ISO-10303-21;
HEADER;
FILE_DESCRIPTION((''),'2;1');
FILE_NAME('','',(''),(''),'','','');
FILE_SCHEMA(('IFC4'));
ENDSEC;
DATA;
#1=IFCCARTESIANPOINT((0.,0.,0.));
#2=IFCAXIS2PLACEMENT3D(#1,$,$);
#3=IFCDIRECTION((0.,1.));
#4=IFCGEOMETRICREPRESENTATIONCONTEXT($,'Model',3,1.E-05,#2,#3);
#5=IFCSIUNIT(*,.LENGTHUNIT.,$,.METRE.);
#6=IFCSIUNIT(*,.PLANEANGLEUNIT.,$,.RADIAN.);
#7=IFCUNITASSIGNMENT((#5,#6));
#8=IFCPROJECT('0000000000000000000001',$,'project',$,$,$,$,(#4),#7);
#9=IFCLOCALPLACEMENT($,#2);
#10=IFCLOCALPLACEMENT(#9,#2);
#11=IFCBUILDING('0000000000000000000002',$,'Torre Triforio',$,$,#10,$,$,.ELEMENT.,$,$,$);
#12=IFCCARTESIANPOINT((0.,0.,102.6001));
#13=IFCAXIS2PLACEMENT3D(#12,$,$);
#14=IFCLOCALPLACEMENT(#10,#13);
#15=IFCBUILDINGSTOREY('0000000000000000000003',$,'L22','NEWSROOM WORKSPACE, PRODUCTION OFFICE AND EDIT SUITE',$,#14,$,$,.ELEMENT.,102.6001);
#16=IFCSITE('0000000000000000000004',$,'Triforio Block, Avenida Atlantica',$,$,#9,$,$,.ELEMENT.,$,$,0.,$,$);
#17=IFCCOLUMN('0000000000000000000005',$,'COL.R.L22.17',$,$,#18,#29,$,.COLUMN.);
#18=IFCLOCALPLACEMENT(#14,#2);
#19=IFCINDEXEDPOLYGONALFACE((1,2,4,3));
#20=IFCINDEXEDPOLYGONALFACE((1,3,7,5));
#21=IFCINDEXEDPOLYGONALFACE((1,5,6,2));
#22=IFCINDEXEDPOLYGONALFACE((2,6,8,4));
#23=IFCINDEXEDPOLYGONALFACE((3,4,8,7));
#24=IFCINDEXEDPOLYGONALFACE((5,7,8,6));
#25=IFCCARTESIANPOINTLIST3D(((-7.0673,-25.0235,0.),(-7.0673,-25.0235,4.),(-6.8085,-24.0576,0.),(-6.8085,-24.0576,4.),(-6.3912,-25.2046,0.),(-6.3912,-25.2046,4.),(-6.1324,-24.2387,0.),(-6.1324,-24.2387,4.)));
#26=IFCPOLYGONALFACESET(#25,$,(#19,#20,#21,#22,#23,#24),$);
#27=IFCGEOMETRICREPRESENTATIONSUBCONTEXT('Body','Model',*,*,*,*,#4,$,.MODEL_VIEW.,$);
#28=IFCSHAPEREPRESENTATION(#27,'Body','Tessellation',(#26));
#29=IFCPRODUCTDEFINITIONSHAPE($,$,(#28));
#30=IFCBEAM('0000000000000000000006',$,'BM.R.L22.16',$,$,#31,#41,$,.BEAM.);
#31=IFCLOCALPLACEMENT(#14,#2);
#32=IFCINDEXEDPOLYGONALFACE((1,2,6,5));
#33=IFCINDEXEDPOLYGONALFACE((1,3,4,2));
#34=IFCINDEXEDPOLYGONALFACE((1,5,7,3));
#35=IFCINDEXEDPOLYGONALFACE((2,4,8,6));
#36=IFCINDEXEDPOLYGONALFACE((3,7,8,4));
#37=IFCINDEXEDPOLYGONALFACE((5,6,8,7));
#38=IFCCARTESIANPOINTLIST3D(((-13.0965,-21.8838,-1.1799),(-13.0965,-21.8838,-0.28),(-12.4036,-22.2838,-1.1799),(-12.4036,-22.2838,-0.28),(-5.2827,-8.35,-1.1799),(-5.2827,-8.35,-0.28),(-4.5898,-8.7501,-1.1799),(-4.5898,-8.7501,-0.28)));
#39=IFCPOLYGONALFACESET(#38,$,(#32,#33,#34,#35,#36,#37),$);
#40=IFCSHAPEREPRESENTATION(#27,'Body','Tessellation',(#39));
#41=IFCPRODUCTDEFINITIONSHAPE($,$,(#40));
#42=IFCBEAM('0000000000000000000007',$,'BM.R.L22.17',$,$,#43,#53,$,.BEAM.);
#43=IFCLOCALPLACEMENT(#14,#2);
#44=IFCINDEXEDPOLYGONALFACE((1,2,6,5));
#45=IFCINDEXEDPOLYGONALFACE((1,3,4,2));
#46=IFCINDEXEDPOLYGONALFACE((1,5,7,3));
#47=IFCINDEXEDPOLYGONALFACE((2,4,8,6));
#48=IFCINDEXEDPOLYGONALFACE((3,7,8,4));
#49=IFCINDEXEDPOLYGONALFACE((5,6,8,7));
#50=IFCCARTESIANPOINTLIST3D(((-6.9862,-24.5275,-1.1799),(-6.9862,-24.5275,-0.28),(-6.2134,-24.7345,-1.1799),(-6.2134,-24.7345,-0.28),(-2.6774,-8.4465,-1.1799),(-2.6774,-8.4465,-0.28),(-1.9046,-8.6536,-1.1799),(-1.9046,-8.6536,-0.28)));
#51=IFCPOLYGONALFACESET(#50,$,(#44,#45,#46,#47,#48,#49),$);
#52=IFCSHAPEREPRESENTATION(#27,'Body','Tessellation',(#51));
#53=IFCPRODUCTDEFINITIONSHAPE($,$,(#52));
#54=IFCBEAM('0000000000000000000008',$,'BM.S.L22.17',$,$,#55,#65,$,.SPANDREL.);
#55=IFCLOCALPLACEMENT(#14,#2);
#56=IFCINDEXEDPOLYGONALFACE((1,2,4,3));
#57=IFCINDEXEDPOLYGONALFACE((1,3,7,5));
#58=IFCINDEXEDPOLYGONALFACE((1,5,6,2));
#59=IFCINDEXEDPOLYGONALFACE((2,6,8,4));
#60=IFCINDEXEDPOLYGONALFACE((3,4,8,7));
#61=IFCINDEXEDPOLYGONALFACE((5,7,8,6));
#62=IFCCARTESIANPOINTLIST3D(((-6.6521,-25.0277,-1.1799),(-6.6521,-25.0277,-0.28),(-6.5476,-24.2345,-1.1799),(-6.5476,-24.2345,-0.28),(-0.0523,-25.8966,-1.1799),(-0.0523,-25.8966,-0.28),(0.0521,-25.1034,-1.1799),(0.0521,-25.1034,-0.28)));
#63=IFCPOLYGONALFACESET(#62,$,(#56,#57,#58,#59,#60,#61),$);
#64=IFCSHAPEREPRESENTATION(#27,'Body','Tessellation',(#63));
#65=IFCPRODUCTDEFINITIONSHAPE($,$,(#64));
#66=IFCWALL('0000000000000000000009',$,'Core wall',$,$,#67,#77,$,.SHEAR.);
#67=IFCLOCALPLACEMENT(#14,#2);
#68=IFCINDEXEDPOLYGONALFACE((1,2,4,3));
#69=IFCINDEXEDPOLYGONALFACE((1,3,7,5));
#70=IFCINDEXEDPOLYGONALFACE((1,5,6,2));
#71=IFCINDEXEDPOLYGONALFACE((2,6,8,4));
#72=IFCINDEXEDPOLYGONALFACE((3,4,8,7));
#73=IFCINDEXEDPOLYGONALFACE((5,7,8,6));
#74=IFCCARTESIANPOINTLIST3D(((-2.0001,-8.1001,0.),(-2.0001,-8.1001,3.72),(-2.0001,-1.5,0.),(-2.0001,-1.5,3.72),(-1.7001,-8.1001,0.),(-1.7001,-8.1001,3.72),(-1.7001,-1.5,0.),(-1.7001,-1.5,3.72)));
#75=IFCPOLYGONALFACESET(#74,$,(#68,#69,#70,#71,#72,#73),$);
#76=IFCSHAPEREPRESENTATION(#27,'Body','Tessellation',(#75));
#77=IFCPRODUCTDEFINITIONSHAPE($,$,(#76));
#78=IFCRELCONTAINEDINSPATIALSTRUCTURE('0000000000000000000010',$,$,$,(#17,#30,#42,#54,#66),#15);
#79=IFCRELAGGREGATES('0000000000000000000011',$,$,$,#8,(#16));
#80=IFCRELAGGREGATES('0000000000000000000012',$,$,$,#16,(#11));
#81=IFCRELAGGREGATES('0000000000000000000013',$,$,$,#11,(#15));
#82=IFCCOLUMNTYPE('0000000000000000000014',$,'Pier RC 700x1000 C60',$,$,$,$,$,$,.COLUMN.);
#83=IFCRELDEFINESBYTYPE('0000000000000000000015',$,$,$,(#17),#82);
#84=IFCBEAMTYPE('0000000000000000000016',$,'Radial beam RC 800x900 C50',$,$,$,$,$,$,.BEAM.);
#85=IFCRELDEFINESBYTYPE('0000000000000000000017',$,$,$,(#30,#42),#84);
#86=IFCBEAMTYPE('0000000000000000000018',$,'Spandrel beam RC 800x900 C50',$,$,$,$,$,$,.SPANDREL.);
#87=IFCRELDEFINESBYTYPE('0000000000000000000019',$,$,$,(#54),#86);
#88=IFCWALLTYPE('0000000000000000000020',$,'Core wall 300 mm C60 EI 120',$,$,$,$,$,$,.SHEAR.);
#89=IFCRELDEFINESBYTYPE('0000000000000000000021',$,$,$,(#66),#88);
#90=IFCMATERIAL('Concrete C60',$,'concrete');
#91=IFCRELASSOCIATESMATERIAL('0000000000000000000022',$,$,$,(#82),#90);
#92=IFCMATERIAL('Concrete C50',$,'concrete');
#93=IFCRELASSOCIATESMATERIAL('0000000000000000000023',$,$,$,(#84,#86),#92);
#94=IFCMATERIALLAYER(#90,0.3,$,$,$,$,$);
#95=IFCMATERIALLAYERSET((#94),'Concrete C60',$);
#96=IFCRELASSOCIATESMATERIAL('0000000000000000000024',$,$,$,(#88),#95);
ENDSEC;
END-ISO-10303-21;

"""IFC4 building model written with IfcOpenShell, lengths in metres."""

from ifc_helpers import new_model, si_unit, direction, frame, frame_2d, origin, origin_2d, place, context, subcontext, project, spatial, rectangle, extrude, material, layer, layer_set, material_profile, profile_set, type_object, element, save


model = new_model("IFC4")

# Units and contexts
model_context = context("Model", 3, precision=1e-05, world=origin(), true_north=direction((0.0, 1.0)))
body_context = subcontext(model_context, "Body", "Model", "MODEL_VIEW")
ifc_project = project(units=[si_unit("LENGTHUNIT", "METRE"), si_unit("PLANEANGLEUNIT", "RADIAN")], contexts=[model_context])

# Site, building, storey
site_placement = place(None, origin())
site = spatial("IfcSite", under=ifc_project, at=site_placement, Name="Triforio Block, Avenida Atlantica", CompositionType="ELEMENT", RefElevation=0.0)
building_placement = place(site_placement, origin())
building = spatial("IfcBuilding", under=site, at=building_placement, Name="Torre Triforio", CompositionType="ELEMENT")
storey_placement = place(building_placement, frame((0.0, 0.0, 102.6001)))
storey = spatial("IfcBuildingStorey", under=building, at=storey_placement, Name="L22", Description="NEWSROOM WORKSPACE, PRODUCTION OFFICE AND EDIT SUITE", CompositionType="ELEMENT", Elevation=102.6001)

# Column
ifc_material_1 = material(Name="Concrete C60", Category="concrete")
ifc_material_profile_1 = material_profile(ifc_material_1, rectangle(XDim=0.7, YDim=1.0, at=origin_2d()), Name="RC 700x1000")
ifc_profile_set_1 = profile_set([ifc_material_profile_1], Name="Concrete C60")
column_type = type_object("IfcColumnType", Name="Pier RC 700x1000 C60", PredefinedType="COLUMN", material=ifc_profile_set_1)
column_placement = place(storey_placement, frame((-6.5999, -24.6311, 0.0), z_axis=(0.0, 0.0, 1.0), x_axis=(0.965926, -0.258819, 0.0)))
element("IfcColumn", 1, at=column_placement, inside=storey, type_object=column_type, Name="COL.R.L22.17", PredefinedType="COLUMN", context=body_context, shape_type="SweptSolid", body=[
    extrude(rectangle(XDim=0.7, YDim=1.0, at=origin_2d()), origin(), (0.0, 0.0, 1.0), 4.0),
])

# Beams
ifc_material_2 = material(Name="Concrete C50", Category="concrete")
ifc_material_profile_2 = material_profile(ifc_material_2, rectangle(XDim=0.8, YDim=0.8999, at=origin_2d()), Name="RC 800x900")
ifc_profile_set_2 = profile_set([ifc_material_profile_2], Name="Concrete C50")
beam_type_1 = type_object("IfcBeamType", Name="Radial beam RC 800x900 C50", PredefinedType="BEAM", material=ifc_profile_set_2)
beam_1_placement = place(storey_placement, frame((-4.9363, -8.55, -0.73), z_axis=(-0.500002, -0.866024, 0.0), x_axis=(0.866024, -0.500002, 0.0)))
element("IfcBeam", 2, at=beam_1_placement, inside=storey, type_object=beam_type_1, Name="BM.R.L22.16", PredefinedType="BEAM", context=body_context, shape_type="SweptSolid", body=[
    extrude(rectangle(XDim=0.8, YDim=0.8999, at=origin_2d()), origin(), (0.0, 0.0, 1.0), 15.6274),
])
beam_2_placement = place(storey_placement, frame((-2.291, -8.55, -0.73), z_axis=(-0.258815, -0.965927, 0.0), x_axis=(0.965927, -0.258815, 0.0)))
element("IfcBeam", 3, at=beam_2_placement, inside=storey, type_object=beam_type_1, Name="BM.R.L22.17", PredefinedType="BEAM", context=body_context, shape_type="SweptSolid", body=[
    extrude(rectangle(XDim=0.8, YDim=0.8999, at=origin_2d()), origin(), (0.0, 0.0, 1.0), 16.6482),
])
ifc_material_profile_3 = material_profile(ifc_material_2, rectangle(XDim=0.8, YDim=0.8999, at=origin_2d()), Name="RC 800x900")
ifc_profile_set_3 = profile_set([ifc_material_profile_3], Name="Concrete C50")
beam_type_2 = type_object("IfcBeamType", Name="Spandrel beam RC 800x900 C50", PredefinedType="SPANDREL", material=ifc_profile_set_3)
beam_3_placement = place(storey_placement, frame((-6.5999, -24.6311, -0.73), z_axis=(0.991445, -0.130528, 0.0), x_axis=(0.130528, 0.991445, 0.0)))
element("IfcBeam", 4, at=beam_3_placement, inside=storey, type_object=beam_type_2, Name="BM.S.L22.17", PredefinedType="SPANDREL", context=body_context, shape_type="SweptSolid", body=[
    extrude(rectangle(XDim=0.8, YDim=0.8999, at=origin_2d()), origin(), (0.0, 0.0, 1.0), 6.6567),
])

# Wall
ifc_layer_1 = layer(ifc_material_1, 0.3)
ifc_layer_set_1 = layer_set([ifc_layer_1], Name="Concrete C60")
wall_type_1 = type_object("IfcWallType", Name="Core wall 300 mm C60 EI 120", PredefinedType="SHEAR", material=ifc_layer_set_1)
wall_1_placement = place(storey_placement, frame((-1.8501, -8.1001, 0.0), z_axis=(0.0, 0.0, 1.0), x_axis=(0.0, 1.0, 0.0)))
element("IfcWall", 5, at=wall_1_placement, inside=storey, type_object=wall_type_1, Name="Core wall", PredefinedType="SHEAR", context=body_context, shape_type="SweptSolid", body=[
    extrude(rectangle(XDim=6.6001, YDim=0.3, at=frame_2d((3.3, 0.0))), origin(), (0.0, 0.0, 1.0), 3.72),
])

save(model, "model.ifc")
